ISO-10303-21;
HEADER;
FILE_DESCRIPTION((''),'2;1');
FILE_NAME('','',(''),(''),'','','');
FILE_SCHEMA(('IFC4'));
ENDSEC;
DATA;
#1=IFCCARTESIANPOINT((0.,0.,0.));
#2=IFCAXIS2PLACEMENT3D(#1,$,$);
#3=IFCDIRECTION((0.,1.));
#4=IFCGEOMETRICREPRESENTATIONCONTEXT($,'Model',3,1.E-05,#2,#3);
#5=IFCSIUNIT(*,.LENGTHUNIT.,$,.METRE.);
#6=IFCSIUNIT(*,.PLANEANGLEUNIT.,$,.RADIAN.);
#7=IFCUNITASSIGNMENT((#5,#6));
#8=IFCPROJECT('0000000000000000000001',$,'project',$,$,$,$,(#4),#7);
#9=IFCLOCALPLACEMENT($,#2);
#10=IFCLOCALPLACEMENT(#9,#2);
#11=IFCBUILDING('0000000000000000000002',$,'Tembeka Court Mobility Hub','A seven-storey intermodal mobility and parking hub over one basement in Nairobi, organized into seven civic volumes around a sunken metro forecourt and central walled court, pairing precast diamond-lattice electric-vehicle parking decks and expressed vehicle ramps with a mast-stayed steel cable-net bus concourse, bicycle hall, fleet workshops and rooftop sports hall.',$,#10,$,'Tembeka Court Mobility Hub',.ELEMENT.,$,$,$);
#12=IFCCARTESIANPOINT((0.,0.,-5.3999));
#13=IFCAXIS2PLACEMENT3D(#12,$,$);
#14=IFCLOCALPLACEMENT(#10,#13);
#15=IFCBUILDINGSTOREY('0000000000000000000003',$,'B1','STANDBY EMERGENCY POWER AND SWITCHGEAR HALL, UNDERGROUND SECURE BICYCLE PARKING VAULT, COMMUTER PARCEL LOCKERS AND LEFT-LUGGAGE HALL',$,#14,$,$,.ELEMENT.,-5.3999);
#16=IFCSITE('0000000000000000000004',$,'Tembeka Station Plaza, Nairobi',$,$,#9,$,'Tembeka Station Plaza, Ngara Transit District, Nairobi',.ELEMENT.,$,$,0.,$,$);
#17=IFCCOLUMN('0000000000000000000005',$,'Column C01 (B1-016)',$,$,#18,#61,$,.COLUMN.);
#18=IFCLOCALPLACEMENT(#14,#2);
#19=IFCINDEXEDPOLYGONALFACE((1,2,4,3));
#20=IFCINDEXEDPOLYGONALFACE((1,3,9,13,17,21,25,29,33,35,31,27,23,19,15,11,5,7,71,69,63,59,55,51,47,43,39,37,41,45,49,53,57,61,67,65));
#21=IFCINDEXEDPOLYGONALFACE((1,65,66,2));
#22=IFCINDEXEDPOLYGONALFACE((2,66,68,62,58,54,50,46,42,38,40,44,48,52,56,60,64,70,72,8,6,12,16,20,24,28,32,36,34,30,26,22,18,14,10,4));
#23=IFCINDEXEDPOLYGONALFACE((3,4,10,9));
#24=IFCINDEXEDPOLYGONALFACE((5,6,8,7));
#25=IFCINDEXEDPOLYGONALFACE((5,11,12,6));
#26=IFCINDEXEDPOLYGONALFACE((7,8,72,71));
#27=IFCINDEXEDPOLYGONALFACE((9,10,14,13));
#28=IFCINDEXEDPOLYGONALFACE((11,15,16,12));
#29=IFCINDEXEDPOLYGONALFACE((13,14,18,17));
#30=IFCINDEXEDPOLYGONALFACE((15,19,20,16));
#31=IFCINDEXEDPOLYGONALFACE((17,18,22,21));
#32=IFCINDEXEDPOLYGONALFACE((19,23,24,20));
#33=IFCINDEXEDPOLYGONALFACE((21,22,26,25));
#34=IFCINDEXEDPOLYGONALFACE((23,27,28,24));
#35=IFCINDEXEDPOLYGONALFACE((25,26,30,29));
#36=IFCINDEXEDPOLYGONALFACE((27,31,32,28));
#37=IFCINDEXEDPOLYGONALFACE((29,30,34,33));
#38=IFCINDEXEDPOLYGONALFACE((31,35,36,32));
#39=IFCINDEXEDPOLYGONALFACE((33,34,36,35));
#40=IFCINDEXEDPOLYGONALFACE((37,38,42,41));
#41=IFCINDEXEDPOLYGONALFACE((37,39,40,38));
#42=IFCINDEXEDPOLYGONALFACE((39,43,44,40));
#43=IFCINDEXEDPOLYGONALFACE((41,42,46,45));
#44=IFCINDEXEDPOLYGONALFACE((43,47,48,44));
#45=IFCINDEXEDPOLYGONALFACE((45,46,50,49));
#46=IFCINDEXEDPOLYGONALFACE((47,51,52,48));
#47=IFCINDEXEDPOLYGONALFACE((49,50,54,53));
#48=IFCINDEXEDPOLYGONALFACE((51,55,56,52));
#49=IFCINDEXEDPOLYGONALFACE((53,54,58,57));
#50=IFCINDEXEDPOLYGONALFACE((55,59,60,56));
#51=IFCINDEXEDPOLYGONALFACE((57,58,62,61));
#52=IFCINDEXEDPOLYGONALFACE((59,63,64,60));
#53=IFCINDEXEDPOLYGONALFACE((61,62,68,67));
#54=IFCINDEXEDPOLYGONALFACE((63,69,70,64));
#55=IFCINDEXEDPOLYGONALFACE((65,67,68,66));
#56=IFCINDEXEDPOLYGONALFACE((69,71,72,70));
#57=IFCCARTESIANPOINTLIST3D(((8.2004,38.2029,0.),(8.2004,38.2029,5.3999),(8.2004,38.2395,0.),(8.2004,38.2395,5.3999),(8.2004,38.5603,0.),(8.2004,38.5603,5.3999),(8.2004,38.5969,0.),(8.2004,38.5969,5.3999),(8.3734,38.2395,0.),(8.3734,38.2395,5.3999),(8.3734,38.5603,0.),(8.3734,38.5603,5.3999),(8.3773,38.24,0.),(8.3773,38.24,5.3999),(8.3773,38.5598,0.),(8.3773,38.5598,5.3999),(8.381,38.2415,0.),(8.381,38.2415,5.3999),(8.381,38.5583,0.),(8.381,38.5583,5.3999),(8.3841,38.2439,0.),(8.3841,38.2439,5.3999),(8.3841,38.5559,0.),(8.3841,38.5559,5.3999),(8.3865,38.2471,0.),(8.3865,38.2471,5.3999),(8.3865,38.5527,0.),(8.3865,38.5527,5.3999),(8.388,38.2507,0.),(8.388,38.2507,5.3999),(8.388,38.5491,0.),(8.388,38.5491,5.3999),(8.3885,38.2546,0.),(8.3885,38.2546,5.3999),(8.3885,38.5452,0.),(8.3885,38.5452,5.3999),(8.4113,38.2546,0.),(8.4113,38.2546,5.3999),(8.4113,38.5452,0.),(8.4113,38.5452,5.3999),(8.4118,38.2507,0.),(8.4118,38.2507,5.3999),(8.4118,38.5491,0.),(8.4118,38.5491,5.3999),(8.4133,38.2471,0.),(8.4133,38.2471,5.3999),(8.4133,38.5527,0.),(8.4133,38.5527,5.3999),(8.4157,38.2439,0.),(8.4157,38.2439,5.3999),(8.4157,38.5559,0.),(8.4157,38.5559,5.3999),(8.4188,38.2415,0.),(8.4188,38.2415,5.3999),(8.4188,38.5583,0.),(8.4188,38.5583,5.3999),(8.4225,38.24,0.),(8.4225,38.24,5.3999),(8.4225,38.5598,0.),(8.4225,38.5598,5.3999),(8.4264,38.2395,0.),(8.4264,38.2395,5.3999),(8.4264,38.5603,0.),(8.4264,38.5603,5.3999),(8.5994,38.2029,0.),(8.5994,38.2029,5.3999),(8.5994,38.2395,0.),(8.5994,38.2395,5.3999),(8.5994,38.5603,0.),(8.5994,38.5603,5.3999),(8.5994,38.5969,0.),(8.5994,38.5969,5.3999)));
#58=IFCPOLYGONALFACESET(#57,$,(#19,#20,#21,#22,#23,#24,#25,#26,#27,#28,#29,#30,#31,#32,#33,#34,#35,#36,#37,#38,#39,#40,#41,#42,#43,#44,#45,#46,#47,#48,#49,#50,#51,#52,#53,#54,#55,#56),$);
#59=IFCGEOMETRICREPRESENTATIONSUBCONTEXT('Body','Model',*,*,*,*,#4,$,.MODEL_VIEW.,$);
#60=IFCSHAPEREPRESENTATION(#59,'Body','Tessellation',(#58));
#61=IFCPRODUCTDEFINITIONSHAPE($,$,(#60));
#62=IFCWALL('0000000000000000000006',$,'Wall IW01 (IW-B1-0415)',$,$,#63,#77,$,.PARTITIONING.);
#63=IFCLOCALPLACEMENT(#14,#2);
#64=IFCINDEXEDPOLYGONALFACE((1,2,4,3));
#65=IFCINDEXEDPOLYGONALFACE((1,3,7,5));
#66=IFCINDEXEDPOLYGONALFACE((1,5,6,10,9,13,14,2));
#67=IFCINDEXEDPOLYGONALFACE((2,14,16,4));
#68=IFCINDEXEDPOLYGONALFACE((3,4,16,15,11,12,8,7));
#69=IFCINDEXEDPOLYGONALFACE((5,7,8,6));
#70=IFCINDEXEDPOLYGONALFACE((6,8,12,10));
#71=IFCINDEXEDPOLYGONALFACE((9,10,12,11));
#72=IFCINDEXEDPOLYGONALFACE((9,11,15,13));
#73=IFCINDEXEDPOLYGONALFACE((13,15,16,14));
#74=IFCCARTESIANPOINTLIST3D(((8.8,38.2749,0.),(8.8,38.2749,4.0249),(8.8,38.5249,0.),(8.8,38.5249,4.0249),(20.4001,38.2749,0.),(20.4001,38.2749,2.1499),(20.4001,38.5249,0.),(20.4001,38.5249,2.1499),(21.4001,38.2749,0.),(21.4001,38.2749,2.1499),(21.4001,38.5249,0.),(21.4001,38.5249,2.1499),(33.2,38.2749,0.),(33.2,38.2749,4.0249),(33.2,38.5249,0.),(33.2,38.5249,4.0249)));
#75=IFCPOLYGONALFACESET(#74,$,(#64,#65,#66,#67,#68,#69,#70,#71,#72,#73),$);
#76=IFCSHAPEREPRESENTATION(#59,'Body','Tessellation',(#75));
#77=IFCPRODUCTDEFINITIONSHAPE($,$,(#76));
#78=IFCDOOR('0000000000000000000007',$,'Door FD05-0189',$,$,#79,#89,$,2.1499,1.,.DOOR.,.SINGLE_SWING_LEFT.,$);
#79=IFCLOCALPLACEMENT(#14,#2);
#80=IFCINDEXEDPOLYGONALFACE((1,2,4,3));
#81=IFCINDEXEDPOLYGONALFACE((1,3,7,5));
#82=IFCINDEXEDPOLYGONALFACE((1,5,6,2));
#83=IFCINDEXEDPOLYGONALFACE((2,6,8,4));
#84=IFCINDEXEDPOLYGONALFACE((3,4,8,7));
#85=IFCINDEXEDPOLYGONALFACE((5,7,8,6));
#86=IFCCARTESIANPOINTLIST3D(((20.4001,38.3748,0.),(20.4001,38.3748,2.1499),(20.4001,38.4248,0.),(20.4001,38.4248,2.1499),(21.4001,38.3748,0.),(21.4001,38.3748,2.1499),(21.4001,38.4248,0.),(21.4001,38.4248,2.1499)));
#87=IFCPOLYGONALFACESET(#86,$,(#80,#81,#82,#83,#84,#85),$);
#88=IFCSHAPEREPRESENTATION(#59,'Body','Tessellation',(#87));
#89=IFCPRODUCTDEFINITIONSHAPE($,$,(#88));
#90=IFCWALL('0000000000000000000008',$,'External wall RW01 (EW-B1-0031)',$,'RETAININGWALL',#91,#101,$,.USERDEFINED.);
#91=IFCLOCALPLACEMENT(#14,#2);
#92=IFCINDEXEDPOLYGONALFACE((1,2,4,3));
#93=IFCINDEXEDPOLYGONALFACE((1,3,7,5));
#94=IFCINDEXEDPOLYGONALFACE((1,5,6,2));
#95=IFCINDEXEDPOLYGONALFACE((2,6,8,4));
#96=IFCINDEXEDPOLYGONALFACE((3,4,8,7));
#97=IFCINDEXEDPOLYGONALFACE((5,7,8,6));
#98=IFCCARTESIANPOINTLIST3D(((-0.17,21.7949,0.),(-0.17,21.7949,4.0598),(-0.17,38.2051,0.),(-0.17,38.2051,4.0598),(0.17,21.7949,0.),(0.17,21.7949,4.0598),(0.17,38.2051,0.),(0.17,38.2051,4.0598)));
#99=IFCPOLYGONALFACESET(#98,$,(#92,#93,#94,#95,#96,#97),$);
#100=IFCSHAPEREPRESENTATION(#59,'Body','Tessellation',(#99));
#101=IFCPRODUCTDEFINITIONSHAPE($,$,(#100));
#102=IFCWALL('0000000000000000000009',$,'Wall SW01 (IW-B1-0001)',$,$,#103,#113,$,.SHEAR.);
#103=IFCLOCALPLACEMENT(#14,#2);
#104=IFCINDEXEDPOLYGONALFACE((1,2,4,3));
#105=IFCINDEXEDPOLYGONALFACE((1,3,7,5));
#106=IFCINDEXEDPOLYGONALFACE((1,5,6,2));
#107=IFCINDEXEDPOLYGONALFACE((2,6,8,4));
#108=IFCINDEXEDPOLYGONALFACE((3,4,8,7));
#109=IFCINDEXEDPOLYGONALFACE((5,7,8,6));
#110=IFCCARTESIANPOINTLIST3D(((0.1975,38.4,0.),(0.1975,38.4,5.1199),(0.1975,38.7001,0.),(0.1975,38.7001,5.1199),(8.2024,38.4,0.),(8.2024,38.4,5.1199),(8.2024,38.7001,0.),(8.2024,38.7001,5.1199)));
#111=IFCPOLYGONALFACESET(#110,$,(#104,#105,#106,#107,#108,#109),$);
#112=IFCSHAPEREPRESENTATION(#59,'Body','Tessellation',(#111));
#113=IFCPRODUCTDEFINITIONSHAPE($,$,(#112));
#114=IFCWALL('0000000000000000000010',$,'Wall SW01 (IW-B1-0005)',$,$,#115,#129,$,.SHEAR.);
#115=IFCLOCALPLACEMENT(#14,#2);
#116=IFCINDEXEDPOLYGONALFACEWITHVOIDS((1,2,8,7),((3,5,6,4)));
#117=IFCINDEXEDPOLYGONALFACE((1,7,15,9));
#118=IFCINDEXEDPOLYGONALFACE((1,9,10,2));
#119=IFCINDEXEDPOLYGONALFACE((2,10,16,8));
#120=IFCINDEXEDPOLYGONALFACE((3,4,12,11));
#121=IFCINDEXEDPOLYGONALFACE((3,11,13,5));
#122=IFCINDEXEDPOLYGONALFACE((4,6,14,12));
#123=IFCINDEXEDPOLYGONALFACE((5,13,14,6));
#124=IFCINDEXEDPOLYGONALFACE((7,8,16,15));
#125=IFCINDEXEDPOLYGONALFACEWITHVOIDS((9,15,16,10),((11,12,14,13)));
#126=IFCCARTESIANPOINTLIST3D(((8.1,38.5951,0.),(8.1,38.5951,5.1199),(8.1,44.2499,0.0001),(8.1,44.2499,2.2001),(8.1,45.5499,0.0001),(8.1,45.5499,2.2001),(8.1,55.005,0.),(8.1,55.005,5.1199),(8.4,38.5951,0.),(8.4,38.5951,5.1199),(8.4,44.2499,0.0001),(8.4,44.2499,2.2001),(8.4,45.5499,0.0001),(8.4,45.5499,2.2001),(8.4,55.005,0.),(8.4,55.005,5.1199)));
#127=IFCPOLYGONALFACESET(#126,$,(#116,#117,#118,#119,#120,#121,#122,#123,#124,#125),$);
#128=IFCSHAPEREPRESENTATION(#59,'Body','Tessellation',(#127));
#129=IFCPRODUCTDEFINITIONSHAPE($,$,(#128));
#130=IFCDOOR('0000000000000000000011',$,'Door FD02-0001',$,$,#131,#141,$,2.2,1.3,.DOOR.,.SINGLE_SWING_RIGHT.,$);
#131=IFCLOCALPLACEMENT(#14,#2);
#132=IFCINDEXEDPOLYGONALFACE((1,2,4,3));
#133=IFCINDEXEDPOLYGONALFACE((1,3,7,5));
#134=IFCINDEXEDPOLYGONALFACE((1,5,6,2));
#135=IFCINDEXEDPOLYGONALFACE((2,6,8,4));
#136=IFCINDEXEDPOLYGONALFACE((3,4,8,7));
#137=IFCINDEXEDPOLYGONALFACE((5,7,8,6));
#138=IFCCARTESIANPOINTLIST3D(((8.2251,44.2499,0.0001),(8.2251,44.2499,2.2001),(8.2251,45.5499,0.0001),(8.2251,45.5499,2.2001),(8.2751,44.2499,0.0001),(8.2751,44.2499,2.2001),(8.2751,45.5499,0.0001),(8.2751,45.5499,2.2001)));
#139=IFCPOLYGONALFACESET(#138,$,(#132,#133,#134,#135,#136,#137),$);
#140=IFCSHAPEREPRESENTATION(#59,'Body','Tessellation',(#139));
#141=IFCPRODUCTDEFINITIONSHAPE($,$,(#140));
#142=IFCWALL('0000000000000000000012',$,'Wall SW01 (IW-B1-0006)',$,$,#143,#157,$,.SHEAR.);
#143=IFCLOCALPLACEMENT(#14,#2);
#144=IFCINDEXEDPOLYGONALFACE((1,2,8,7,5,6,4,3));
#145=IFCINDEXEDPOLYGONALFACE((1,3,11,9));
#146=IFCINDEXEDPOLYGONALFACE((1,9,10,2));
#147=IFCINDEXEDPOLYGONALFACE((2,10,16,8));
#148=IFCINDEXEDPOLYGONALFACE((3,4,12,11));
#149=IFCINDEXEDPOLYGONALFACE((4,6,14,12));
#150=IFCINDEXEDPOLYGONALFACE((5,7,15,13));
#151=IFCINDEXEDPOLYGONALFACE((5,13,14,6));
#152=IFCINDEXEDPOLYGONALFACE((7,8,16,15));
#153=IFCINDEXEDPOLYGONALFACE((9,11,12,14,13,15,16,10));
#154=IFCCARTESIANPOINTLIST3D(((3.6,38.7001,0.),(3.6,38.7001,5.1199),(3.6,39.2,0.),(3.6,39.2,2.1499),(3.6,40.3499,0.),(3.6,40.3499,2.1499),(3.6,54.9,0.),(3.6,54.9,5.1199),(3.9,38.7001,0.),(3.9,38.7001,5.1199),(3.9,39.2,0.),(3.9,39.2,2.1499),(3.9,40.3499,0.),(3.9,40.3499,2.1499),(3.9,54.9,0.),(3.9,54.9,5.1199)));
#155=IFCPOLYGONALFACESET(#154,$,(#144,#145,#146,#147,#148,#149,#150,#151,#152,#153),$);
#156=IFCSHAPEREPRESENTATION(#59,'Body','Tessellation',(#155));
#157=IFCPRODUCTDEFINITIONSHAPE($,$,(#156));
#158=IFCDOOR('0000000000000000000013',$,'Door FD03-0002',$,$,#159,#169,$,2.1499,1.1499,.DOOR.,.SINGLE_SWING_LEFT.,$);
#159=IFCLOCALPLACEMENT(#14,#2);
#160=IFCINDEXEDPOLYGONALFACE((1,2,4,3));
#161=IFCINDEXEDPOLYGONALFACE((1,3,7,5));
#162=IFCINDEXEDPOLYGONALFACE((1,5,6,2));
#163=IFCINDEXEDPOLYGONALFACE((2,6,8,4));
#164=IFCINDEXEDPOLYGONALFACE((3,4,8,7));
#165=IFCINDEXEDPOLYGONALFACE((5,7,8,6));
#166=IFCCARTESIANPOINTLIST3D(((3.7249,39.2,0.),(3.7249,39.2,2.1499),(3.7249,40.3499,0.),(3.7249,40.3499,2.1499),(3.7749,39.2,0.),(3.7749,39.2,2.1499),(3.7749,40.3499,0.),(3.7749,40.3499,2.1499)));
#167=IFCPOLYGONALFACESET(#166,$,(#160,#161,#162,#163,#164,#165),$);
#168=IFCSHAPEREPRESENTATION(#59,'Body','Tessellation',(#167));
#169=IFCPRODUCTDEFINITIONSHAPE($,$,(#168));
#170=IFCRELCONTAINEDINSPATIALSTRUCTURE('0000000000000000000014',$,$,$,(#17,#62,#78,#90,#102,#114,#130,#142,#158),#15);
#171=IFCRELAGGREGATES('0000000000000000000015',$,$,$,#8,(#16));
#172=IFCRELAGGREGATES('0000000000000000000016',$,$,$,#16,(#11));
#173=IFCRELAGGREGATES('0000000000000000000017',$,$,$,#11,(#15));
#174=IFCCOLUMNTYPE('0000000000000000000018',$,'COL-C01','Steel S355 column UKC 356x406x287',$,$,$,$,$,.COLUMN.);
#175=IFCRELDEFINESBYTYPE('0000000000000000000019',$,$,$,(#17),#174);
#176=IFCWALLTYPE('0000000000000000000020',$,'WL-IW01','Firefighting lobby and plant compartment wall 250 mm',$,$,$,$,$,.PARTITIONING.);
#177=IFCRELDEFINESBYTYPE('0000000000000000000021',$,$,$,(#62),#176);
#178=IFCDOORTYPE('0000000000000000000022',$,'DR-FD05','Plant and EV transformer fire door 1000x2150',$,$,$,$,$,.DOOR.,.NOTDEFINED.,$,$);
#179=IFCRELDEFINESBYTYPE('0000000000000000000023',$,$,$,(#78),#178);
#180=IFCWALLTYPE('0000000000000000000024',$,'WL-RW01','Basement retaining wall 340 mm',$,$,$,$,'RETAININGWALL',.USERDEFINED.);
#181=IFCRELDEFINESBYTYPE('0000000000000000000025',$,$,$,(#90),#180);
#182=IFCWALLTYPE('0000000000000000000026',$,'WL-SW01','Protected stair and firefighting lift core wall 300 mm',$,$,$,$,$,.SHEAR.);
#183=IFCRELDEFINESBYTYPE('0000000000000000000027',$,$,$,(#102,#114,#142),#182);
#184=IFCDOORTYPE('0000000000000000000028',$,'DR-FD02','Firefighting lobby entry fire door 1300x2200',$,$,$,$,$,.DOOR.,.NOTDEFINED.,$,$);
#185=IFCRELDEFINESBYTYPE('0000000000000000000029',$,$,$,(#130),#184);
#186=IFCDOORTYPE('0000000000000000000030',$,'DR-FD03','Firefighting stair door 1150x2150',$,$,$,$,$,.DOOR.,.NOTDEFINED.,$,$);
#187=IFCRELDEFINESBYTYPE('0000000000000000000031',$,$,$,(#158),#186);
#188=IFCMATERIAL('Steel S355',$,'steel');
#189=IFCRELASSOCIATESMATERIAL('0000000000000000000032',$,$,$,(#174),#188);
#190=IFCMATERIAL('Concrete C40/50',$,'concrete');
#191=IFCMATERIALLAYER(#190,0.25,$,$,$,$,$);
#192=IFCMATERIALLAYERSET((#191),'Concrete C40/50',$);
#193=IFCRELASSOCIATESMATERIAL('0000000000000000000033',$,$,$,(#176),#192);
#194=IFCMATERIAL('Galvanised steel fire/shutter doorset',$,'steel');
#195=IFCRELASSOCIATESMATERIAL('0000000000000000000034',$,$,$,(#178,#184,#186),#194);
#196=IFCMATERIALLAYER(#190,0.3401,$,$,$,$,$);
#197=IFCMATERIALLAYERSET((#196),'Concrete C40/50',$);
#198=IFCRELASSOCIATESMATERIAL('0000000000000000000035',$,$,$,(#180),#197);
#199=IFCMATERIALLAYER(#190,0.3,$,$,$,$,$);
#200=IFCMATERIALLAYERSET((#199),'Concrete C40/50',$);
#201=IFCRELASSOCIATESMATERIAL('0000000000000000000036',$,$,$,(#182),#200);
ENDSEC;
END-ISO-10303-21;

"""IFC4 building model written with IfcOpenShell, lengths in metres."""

from ifc_helpers import new_model, si_unit, direction, frame, frame_2d, origin, origin_2d, place, context, subcontext, project, spatial, rectangle, i_section, extrude, material, layer, layer_set, material_profile, profile_set, type_object, element, fill, save


model = new_model("IFC4")

# Units and contexts
model_context = context("Model", 3, precision=1e-05, world=origin(), true_north=direction((0.0, 1.0)))
body_context = subcontext(model_context, "Body", "Model", "MODEL_VIEW")
ifc_project = project(units=[si_unit("LENGTHUNIT", "METRE"), si_unit("PLANEANGLEUNIT", "RADIAN")], contexts=[model_context])

# Site, building, storey
site_placement = place(None, origin())
site = spatial("IfcSite", under=ifc_project, at=site_placement, Name="Tembeka Station Plaza, Nairobi", LongName="Tembeka Station Plaza, Ngara Transit District, Nairobi", CompositionType="ELEMENT", RefElevation=0.0)
building_placement = place(site_placement, origin())
building = spatial("IfcBuilding", under=site, at=building_placement, Name="Tembeka Court Mobility Hub", Description="A seven-storey intermodal mobility and parking hub over one basement in Nairobi, organized into seven civic volumes around a sunken metro forecourt and central walled court, pairing precast diamond-lattice electric-vehicle parking decks and expressed vehicle ramps with a mast-stayed steel cable-net bus concourse, bicycle hall, fleet workshops and rooftop sports hall.", LongName="Tembeka Court Mobility Hub", CompositionType="ELEMENT")
storey_placement = place(building_placement, frame((0.0, 0.0, -5.3999)))
storey = spatial("IfcBuildingStorey", under=building, at=storey_placement, Name="B1", Description="STANDBY EMERGENCY POWER AND SWITCHGEAR HALL, UNDERGROUND SECURE BICYCLE PARKING VAULT, COMMUTER PARCEL LOCKERS AND LEFT-LUGGAGE HALL", CompositionType="ELEMENT", Elevation=-5.3999)

# Shared definitions
ifc_material_1 = material(Name="Concrete C40/50", Category="concrete")

# Column
ifc_material_2 = material(Name="Steel S355", Category="steel")
ifc_material_profile_1 = material_profile(ifc_material_2, i_section(OverallWidth=0.3989, OverallDepth=0.394, WebThickness=0.0227, FlangeThickness=0.0366, FilletRadius=0.0151, at=origin_2d()), Name="UKC 356x406x287")
ifc_profile_set_1 = profile_set([ifc_material_profile_1], Name="Steel S355")
column_type = type_object("IfcColumnType", Name="COL-C01", Description="Steel S355 column UKC 356x406x287", PredefinedType="COLUMN", material=ifc_profile_set_1)
for number, where, z_axis, x_axis, name in (
    (1, (8.3999, 38.3999, 0.0), (0.0, 0.0, 1.0), (1.0, 0.0, 0.0), "Column C01 (B1-016)"),
):
    element("IfcColumn", number, at=place(storey_placement, frame(where, z_axis=z_axis, x_axis=x_axis)), inside=storey, type_object=column_type, Name=name, PredefinedType="COLUMN", context=body_context, shape_type="SweptSolid", body=[
        extrude(i_section(OverallWidth=0.3989, OverallDepth=0.394, WebThickness=0.0227, FlangeThickness=0.0366, FilletRadius=0.0151, at=origin_2d()), origin(), (0.0, 0.0, 1.0), 5.3999),
    ])

# Wall, opening, door
ifc_layer_1 = layer(ifc_material_1, 0.25)
ifc_layer_set_1 = layer_set([ifc_layer_1], Name="Concrete C40/50")
wall_type_1 = type_object("IfcWallType", Name="WL-IW01", Description="Firefighting lobby and plant compartment wall 250 mm", PredefinedType="PARTITIONING", material=ifc_layer_set_1)
wall_1_placement = place(storey_placement, frame((8.8, 38.3999, 0.0), z_axis=(0.0, 0.0, 1.0), x_axis=(1.0, 0.0, 0.0)))
wall_1 = element("IfcWall", 2, at=wall_1_placement, inside=storey, type_object=wall_type_1, Name="Wall IW01 (IW-B1-0415)", PredefinedType="PARTITIONING", context=body_context, shape_type="SweptSolid", body=[
    extrude(rectangle(XDim=24.3999, YDim=0.25, at=frame_2d((12.2, 0.0))), origin(), (0.0, 0.0, 1.0), 4.0249),
])
opening_1_placement = place(wall_1_placement, frame((11.6001, 0.0, 0.0)))
opening_1 = element("IfcOpeningElement", 3, at=opening_1_placement, cuts=wall_1, PredefinedType="OPENING", context=body_context, shape_type="SweptSolid", body=[
    extrude(rectangle(XDim=1.0, YDim=2.1499, at=frame_2d((0.5, 1.075))), frame((0.0, 0.135, 0.0), z_axis=(0.0, -1.0, 0.0), x_axis=(1.0, 0.0, 0.0)), (0.0, 0.0, 1.0), 0.27),
])
ifc_material_3 = material(Name="Galvanised steel fire/shutter doorset", Category="steel")
door_type_1 = type_object("IfcDoorType", Name="DR-FD05", Description="Plant and EV transformer fire door 1000x2150", OperationType="NOTDEFINED", PredefinedType="DOOR", material=ifc_material_3)
door_1_placement = place(opening_1_placement, origin())
door_1 = element("IfcDoor", 4, at=door_1_placement, inside=storey, type_object=door_type_1, Name="Door FD05-0189", OperationType="SINGLE_SWING_LEFT", OverallHeight=2.1499, OverallWidth=1.0, PredefinedType="DOOR", context=body_context, shape_type="SweptSolid", body=[
    extrude(rectangle(XDim=1.0, YDim=2.1499, at=frame_2d((0.5, 1.075))), frame((0.0, 0.0249, 0.0), z_axis=(0.0, -1.0, 0.0), x_axis=(1.0, 0.0, 0.0)), (0.0, 0.0, 1.0), 0.05),
])
fill(opening_1, door_1)

# Walls
ifc_layer_2 = layer(ifc_material_1, 0.3401)
ifc_layer_set_2 = layer_set([ifc_layer_2], Name="Concrete C40/50")
wall_type_2 = type_object("IfcWallType", Name="WL-RW01", Description="Basement retaining wall 340 mm", ElementType="RETAININGWALL", PredefinedType="USERDEFINED", material=ifc_layer_set_2)
wall_2_placement = place(storey_placement, frame((0.0, 21.7949, 0.0), z_axis=(0.0, 0.0, 1.0), x_axis=(0.0, 1.0, 0.0)))
element("IfcWall", 5, at=wall_2_placement, inside=storey, type_object=wall_type_2, Name="External wall RW01 (EW-B1-0031)", ObjectType="RETAININGWALL", PredefinedType="USERDEFINED", context=body_context, shape_type="SweptSolid", body=[
    extrude(rectangle(XDim=16.4102, YDim=0.3401, at=frame_2d((8.2051, 0.0))), origin(), (0.0, 0.0, 1.0), 4.0598),
])
ifc_layer_3 = layer(ifc_material_1, 0.3)
ifc_layer_set_3 = layer_set([ifc_layer_3], Name="Concrete C40/50")
wall_type_3 = type_object("IfcWallType", Name="WL-SW01", Description="Protected stair and firefighting lift core wall 300 mm", PredefinedType="SHEAR", material=ifc_layer_set_3)
wall_3_placement = place(storey_placement, frame((0.1975, 38.55, 0.0), z_axis=(0.0, 0.0, 1.0), x_axis=(1.0, 0.0, 0.0)))
element("IfcWall", 6, at=wall_3_placement, inside=storey, type_object=wall_type_3, Name="Wall SW01 (IW-B1-0001)", PredefinedType="SHEAR", context=body_context, shape_type="SweptSolid", body=[
    extrude(rectangle(XDim=8.0049, YDim=0.3, at=frame_2d((4.0024, 0.0))), origin(), (0.0, 0.0, 1.0), 5.1199),
])

# Walls, openings, doors
wall_4_placement = place(storey_placement, frame((8.25, 38.595, 0.0), z_axis=(0.0, 0.0, 1.0), x_axis=(0.0, 1.0, 0.0)))
wall_4 = element("IfcWall", 7, at=wall_4_placement, inside=storey, type_object=wall_type_3, Name="Wall SW01 (IW-B1-0005)", PredefinedType="SHEAR", context=body_context, shape_type="SweptSolid", body=[
    extrude(rectangle(XDim=16.4099, YDim=0.3, at=frame_2d((8.2051, 0.0))), origin(), (0.0, 0.0, 1.0), 5.1199),
])
opening_2_placement = place(wall_4_placement, frame((5.655, 0.0, 0.0)))
opening_2 = element("IfcOpeningElement", 8, at=opening_2_placement, cuts=wall_4, PredefinedType="OPENING", context=body_context, shape_type="SweptSolid", body=[
    extrude(rectangle(XDim=1.3, YDim=2.2, at=frame_2d((0.6499, 1.1001))), frame((0.0, 0.1602, 0.0), z_axis=(0.0, -1.0, 0.0), x_axis=(1.0, 0.0, 0.0)), (0.0, 0.0, 1.0), 0.3201),
])
door_type_2 = type_object("IfcDoorType", Name="DR-FD02", Description="Firefighting lobby entry fire door 1300x2200", OperationType="NOTDEFINED", PredefinedType="DOOR", material=ifc_material_3)
door_2_placement = place(opening_2_placement, origin())
door_2 = element("IfcDoor", 9, at=door_2_placement, inside=storey, type_object=door_type_2, Name="Door FD02-0001", OperationType="SINGLE_SWING_RIGHT", OverallHeight=2.2, OverallWidth=1.3, PredefinedType="DOOR", context=body_context, shape_type="SweptSolid", body=[
    extrude(rectangle(XDim=1.3, YDim=2.2, at=frame_2d((0.6499, 1.1001))), frame((0.0, 0.0249, 0.0), z_axis=(0.0, -1.0, 0.0), x_axis=(1.0, 0.0, 0.0)), (0.0, 0.0, 1.0), 0.05),
])
fill(opening_2, door_2)
wall_5_placement = place(storey_placement, frame((3.75, 38.7, 0.0), z_axis=(0.0, 0.0, 1.0), x_axis=(0.0, 1.0, 0.0)))
wall_5 = element("IfcWall", 10, at=wall_5_placement, inside=storey, type_object=wall_type_3, Name="Wall SW01 (IW-B1-0006)", PredefinedType="SHEAR", context=body_context, shape_type="SweptSolid", body=[
    extrude(rectangle(XDim=16.2, YDim=0.3, at=frame_2d((8.1001, 0.0))), origin(), (0.0, 0.0, 1.0), 5.1199),
])
opening_3_placement = place(wall_5_placement, frame((0.5, 0.0, 0.0)))
opening_3 = element("IfcOpeningElement", 11, at=opening_3_placement, cuts=wall_5, PredefinedType="OPENING", context=body_context, shape_type="SweptSolid", body=[
    extrude(rectangle(XDim=1.1499, YDim=2.1499, at=frame_2d((0.575, 1.075))), frame((0.0, 0.1602, 0.0), z_axis=(0.0, -1.0, 0.0), x_axis=(1.0, 0.0, 0.0)), (0.0, 0.0, 1.0), 0.3201),
])
door_type_3 = type_object("IfcDoorType", Name="DR-FD03", Description="Firefighting stair door 1150x2150", OperationType="NOTDEFINED", PredefinedType="DOOR", material=ifc_material_3)
door_3_placement = place(opening_3_placement, frame((1.1499, 0.0, 0.0), z_axis=(0.0, 0.0, 1.0), x_axis=(-1.0, 0.0, 0.0)))
door_3 = element("IfcDoor", 12, at=door_3_placement, inside=storey, type_object=door_type_3, Name="Door FD03-0002", OperationType="SINGLE_SWING_LEFT", OverallHeight=2.1499, OverallWidth=1.1499, PredefinedType="DOOR", context=body_context, shape_type="SweptSolid", body=[
    extrude(rectangle(XDim=1.1499, YDim=2.1499, at=frame_2d((0.575, 1.075))), frame((0.0, 0.0249, 0.0), z_axis=(0.0, -1.0, 0.0), x_axis=(1.0, 0.0, 0.0)), (0.0, 0.0, 1.0), 0.05),
])
fill(opening_3, door_3)

save(model, "model.ifc")
